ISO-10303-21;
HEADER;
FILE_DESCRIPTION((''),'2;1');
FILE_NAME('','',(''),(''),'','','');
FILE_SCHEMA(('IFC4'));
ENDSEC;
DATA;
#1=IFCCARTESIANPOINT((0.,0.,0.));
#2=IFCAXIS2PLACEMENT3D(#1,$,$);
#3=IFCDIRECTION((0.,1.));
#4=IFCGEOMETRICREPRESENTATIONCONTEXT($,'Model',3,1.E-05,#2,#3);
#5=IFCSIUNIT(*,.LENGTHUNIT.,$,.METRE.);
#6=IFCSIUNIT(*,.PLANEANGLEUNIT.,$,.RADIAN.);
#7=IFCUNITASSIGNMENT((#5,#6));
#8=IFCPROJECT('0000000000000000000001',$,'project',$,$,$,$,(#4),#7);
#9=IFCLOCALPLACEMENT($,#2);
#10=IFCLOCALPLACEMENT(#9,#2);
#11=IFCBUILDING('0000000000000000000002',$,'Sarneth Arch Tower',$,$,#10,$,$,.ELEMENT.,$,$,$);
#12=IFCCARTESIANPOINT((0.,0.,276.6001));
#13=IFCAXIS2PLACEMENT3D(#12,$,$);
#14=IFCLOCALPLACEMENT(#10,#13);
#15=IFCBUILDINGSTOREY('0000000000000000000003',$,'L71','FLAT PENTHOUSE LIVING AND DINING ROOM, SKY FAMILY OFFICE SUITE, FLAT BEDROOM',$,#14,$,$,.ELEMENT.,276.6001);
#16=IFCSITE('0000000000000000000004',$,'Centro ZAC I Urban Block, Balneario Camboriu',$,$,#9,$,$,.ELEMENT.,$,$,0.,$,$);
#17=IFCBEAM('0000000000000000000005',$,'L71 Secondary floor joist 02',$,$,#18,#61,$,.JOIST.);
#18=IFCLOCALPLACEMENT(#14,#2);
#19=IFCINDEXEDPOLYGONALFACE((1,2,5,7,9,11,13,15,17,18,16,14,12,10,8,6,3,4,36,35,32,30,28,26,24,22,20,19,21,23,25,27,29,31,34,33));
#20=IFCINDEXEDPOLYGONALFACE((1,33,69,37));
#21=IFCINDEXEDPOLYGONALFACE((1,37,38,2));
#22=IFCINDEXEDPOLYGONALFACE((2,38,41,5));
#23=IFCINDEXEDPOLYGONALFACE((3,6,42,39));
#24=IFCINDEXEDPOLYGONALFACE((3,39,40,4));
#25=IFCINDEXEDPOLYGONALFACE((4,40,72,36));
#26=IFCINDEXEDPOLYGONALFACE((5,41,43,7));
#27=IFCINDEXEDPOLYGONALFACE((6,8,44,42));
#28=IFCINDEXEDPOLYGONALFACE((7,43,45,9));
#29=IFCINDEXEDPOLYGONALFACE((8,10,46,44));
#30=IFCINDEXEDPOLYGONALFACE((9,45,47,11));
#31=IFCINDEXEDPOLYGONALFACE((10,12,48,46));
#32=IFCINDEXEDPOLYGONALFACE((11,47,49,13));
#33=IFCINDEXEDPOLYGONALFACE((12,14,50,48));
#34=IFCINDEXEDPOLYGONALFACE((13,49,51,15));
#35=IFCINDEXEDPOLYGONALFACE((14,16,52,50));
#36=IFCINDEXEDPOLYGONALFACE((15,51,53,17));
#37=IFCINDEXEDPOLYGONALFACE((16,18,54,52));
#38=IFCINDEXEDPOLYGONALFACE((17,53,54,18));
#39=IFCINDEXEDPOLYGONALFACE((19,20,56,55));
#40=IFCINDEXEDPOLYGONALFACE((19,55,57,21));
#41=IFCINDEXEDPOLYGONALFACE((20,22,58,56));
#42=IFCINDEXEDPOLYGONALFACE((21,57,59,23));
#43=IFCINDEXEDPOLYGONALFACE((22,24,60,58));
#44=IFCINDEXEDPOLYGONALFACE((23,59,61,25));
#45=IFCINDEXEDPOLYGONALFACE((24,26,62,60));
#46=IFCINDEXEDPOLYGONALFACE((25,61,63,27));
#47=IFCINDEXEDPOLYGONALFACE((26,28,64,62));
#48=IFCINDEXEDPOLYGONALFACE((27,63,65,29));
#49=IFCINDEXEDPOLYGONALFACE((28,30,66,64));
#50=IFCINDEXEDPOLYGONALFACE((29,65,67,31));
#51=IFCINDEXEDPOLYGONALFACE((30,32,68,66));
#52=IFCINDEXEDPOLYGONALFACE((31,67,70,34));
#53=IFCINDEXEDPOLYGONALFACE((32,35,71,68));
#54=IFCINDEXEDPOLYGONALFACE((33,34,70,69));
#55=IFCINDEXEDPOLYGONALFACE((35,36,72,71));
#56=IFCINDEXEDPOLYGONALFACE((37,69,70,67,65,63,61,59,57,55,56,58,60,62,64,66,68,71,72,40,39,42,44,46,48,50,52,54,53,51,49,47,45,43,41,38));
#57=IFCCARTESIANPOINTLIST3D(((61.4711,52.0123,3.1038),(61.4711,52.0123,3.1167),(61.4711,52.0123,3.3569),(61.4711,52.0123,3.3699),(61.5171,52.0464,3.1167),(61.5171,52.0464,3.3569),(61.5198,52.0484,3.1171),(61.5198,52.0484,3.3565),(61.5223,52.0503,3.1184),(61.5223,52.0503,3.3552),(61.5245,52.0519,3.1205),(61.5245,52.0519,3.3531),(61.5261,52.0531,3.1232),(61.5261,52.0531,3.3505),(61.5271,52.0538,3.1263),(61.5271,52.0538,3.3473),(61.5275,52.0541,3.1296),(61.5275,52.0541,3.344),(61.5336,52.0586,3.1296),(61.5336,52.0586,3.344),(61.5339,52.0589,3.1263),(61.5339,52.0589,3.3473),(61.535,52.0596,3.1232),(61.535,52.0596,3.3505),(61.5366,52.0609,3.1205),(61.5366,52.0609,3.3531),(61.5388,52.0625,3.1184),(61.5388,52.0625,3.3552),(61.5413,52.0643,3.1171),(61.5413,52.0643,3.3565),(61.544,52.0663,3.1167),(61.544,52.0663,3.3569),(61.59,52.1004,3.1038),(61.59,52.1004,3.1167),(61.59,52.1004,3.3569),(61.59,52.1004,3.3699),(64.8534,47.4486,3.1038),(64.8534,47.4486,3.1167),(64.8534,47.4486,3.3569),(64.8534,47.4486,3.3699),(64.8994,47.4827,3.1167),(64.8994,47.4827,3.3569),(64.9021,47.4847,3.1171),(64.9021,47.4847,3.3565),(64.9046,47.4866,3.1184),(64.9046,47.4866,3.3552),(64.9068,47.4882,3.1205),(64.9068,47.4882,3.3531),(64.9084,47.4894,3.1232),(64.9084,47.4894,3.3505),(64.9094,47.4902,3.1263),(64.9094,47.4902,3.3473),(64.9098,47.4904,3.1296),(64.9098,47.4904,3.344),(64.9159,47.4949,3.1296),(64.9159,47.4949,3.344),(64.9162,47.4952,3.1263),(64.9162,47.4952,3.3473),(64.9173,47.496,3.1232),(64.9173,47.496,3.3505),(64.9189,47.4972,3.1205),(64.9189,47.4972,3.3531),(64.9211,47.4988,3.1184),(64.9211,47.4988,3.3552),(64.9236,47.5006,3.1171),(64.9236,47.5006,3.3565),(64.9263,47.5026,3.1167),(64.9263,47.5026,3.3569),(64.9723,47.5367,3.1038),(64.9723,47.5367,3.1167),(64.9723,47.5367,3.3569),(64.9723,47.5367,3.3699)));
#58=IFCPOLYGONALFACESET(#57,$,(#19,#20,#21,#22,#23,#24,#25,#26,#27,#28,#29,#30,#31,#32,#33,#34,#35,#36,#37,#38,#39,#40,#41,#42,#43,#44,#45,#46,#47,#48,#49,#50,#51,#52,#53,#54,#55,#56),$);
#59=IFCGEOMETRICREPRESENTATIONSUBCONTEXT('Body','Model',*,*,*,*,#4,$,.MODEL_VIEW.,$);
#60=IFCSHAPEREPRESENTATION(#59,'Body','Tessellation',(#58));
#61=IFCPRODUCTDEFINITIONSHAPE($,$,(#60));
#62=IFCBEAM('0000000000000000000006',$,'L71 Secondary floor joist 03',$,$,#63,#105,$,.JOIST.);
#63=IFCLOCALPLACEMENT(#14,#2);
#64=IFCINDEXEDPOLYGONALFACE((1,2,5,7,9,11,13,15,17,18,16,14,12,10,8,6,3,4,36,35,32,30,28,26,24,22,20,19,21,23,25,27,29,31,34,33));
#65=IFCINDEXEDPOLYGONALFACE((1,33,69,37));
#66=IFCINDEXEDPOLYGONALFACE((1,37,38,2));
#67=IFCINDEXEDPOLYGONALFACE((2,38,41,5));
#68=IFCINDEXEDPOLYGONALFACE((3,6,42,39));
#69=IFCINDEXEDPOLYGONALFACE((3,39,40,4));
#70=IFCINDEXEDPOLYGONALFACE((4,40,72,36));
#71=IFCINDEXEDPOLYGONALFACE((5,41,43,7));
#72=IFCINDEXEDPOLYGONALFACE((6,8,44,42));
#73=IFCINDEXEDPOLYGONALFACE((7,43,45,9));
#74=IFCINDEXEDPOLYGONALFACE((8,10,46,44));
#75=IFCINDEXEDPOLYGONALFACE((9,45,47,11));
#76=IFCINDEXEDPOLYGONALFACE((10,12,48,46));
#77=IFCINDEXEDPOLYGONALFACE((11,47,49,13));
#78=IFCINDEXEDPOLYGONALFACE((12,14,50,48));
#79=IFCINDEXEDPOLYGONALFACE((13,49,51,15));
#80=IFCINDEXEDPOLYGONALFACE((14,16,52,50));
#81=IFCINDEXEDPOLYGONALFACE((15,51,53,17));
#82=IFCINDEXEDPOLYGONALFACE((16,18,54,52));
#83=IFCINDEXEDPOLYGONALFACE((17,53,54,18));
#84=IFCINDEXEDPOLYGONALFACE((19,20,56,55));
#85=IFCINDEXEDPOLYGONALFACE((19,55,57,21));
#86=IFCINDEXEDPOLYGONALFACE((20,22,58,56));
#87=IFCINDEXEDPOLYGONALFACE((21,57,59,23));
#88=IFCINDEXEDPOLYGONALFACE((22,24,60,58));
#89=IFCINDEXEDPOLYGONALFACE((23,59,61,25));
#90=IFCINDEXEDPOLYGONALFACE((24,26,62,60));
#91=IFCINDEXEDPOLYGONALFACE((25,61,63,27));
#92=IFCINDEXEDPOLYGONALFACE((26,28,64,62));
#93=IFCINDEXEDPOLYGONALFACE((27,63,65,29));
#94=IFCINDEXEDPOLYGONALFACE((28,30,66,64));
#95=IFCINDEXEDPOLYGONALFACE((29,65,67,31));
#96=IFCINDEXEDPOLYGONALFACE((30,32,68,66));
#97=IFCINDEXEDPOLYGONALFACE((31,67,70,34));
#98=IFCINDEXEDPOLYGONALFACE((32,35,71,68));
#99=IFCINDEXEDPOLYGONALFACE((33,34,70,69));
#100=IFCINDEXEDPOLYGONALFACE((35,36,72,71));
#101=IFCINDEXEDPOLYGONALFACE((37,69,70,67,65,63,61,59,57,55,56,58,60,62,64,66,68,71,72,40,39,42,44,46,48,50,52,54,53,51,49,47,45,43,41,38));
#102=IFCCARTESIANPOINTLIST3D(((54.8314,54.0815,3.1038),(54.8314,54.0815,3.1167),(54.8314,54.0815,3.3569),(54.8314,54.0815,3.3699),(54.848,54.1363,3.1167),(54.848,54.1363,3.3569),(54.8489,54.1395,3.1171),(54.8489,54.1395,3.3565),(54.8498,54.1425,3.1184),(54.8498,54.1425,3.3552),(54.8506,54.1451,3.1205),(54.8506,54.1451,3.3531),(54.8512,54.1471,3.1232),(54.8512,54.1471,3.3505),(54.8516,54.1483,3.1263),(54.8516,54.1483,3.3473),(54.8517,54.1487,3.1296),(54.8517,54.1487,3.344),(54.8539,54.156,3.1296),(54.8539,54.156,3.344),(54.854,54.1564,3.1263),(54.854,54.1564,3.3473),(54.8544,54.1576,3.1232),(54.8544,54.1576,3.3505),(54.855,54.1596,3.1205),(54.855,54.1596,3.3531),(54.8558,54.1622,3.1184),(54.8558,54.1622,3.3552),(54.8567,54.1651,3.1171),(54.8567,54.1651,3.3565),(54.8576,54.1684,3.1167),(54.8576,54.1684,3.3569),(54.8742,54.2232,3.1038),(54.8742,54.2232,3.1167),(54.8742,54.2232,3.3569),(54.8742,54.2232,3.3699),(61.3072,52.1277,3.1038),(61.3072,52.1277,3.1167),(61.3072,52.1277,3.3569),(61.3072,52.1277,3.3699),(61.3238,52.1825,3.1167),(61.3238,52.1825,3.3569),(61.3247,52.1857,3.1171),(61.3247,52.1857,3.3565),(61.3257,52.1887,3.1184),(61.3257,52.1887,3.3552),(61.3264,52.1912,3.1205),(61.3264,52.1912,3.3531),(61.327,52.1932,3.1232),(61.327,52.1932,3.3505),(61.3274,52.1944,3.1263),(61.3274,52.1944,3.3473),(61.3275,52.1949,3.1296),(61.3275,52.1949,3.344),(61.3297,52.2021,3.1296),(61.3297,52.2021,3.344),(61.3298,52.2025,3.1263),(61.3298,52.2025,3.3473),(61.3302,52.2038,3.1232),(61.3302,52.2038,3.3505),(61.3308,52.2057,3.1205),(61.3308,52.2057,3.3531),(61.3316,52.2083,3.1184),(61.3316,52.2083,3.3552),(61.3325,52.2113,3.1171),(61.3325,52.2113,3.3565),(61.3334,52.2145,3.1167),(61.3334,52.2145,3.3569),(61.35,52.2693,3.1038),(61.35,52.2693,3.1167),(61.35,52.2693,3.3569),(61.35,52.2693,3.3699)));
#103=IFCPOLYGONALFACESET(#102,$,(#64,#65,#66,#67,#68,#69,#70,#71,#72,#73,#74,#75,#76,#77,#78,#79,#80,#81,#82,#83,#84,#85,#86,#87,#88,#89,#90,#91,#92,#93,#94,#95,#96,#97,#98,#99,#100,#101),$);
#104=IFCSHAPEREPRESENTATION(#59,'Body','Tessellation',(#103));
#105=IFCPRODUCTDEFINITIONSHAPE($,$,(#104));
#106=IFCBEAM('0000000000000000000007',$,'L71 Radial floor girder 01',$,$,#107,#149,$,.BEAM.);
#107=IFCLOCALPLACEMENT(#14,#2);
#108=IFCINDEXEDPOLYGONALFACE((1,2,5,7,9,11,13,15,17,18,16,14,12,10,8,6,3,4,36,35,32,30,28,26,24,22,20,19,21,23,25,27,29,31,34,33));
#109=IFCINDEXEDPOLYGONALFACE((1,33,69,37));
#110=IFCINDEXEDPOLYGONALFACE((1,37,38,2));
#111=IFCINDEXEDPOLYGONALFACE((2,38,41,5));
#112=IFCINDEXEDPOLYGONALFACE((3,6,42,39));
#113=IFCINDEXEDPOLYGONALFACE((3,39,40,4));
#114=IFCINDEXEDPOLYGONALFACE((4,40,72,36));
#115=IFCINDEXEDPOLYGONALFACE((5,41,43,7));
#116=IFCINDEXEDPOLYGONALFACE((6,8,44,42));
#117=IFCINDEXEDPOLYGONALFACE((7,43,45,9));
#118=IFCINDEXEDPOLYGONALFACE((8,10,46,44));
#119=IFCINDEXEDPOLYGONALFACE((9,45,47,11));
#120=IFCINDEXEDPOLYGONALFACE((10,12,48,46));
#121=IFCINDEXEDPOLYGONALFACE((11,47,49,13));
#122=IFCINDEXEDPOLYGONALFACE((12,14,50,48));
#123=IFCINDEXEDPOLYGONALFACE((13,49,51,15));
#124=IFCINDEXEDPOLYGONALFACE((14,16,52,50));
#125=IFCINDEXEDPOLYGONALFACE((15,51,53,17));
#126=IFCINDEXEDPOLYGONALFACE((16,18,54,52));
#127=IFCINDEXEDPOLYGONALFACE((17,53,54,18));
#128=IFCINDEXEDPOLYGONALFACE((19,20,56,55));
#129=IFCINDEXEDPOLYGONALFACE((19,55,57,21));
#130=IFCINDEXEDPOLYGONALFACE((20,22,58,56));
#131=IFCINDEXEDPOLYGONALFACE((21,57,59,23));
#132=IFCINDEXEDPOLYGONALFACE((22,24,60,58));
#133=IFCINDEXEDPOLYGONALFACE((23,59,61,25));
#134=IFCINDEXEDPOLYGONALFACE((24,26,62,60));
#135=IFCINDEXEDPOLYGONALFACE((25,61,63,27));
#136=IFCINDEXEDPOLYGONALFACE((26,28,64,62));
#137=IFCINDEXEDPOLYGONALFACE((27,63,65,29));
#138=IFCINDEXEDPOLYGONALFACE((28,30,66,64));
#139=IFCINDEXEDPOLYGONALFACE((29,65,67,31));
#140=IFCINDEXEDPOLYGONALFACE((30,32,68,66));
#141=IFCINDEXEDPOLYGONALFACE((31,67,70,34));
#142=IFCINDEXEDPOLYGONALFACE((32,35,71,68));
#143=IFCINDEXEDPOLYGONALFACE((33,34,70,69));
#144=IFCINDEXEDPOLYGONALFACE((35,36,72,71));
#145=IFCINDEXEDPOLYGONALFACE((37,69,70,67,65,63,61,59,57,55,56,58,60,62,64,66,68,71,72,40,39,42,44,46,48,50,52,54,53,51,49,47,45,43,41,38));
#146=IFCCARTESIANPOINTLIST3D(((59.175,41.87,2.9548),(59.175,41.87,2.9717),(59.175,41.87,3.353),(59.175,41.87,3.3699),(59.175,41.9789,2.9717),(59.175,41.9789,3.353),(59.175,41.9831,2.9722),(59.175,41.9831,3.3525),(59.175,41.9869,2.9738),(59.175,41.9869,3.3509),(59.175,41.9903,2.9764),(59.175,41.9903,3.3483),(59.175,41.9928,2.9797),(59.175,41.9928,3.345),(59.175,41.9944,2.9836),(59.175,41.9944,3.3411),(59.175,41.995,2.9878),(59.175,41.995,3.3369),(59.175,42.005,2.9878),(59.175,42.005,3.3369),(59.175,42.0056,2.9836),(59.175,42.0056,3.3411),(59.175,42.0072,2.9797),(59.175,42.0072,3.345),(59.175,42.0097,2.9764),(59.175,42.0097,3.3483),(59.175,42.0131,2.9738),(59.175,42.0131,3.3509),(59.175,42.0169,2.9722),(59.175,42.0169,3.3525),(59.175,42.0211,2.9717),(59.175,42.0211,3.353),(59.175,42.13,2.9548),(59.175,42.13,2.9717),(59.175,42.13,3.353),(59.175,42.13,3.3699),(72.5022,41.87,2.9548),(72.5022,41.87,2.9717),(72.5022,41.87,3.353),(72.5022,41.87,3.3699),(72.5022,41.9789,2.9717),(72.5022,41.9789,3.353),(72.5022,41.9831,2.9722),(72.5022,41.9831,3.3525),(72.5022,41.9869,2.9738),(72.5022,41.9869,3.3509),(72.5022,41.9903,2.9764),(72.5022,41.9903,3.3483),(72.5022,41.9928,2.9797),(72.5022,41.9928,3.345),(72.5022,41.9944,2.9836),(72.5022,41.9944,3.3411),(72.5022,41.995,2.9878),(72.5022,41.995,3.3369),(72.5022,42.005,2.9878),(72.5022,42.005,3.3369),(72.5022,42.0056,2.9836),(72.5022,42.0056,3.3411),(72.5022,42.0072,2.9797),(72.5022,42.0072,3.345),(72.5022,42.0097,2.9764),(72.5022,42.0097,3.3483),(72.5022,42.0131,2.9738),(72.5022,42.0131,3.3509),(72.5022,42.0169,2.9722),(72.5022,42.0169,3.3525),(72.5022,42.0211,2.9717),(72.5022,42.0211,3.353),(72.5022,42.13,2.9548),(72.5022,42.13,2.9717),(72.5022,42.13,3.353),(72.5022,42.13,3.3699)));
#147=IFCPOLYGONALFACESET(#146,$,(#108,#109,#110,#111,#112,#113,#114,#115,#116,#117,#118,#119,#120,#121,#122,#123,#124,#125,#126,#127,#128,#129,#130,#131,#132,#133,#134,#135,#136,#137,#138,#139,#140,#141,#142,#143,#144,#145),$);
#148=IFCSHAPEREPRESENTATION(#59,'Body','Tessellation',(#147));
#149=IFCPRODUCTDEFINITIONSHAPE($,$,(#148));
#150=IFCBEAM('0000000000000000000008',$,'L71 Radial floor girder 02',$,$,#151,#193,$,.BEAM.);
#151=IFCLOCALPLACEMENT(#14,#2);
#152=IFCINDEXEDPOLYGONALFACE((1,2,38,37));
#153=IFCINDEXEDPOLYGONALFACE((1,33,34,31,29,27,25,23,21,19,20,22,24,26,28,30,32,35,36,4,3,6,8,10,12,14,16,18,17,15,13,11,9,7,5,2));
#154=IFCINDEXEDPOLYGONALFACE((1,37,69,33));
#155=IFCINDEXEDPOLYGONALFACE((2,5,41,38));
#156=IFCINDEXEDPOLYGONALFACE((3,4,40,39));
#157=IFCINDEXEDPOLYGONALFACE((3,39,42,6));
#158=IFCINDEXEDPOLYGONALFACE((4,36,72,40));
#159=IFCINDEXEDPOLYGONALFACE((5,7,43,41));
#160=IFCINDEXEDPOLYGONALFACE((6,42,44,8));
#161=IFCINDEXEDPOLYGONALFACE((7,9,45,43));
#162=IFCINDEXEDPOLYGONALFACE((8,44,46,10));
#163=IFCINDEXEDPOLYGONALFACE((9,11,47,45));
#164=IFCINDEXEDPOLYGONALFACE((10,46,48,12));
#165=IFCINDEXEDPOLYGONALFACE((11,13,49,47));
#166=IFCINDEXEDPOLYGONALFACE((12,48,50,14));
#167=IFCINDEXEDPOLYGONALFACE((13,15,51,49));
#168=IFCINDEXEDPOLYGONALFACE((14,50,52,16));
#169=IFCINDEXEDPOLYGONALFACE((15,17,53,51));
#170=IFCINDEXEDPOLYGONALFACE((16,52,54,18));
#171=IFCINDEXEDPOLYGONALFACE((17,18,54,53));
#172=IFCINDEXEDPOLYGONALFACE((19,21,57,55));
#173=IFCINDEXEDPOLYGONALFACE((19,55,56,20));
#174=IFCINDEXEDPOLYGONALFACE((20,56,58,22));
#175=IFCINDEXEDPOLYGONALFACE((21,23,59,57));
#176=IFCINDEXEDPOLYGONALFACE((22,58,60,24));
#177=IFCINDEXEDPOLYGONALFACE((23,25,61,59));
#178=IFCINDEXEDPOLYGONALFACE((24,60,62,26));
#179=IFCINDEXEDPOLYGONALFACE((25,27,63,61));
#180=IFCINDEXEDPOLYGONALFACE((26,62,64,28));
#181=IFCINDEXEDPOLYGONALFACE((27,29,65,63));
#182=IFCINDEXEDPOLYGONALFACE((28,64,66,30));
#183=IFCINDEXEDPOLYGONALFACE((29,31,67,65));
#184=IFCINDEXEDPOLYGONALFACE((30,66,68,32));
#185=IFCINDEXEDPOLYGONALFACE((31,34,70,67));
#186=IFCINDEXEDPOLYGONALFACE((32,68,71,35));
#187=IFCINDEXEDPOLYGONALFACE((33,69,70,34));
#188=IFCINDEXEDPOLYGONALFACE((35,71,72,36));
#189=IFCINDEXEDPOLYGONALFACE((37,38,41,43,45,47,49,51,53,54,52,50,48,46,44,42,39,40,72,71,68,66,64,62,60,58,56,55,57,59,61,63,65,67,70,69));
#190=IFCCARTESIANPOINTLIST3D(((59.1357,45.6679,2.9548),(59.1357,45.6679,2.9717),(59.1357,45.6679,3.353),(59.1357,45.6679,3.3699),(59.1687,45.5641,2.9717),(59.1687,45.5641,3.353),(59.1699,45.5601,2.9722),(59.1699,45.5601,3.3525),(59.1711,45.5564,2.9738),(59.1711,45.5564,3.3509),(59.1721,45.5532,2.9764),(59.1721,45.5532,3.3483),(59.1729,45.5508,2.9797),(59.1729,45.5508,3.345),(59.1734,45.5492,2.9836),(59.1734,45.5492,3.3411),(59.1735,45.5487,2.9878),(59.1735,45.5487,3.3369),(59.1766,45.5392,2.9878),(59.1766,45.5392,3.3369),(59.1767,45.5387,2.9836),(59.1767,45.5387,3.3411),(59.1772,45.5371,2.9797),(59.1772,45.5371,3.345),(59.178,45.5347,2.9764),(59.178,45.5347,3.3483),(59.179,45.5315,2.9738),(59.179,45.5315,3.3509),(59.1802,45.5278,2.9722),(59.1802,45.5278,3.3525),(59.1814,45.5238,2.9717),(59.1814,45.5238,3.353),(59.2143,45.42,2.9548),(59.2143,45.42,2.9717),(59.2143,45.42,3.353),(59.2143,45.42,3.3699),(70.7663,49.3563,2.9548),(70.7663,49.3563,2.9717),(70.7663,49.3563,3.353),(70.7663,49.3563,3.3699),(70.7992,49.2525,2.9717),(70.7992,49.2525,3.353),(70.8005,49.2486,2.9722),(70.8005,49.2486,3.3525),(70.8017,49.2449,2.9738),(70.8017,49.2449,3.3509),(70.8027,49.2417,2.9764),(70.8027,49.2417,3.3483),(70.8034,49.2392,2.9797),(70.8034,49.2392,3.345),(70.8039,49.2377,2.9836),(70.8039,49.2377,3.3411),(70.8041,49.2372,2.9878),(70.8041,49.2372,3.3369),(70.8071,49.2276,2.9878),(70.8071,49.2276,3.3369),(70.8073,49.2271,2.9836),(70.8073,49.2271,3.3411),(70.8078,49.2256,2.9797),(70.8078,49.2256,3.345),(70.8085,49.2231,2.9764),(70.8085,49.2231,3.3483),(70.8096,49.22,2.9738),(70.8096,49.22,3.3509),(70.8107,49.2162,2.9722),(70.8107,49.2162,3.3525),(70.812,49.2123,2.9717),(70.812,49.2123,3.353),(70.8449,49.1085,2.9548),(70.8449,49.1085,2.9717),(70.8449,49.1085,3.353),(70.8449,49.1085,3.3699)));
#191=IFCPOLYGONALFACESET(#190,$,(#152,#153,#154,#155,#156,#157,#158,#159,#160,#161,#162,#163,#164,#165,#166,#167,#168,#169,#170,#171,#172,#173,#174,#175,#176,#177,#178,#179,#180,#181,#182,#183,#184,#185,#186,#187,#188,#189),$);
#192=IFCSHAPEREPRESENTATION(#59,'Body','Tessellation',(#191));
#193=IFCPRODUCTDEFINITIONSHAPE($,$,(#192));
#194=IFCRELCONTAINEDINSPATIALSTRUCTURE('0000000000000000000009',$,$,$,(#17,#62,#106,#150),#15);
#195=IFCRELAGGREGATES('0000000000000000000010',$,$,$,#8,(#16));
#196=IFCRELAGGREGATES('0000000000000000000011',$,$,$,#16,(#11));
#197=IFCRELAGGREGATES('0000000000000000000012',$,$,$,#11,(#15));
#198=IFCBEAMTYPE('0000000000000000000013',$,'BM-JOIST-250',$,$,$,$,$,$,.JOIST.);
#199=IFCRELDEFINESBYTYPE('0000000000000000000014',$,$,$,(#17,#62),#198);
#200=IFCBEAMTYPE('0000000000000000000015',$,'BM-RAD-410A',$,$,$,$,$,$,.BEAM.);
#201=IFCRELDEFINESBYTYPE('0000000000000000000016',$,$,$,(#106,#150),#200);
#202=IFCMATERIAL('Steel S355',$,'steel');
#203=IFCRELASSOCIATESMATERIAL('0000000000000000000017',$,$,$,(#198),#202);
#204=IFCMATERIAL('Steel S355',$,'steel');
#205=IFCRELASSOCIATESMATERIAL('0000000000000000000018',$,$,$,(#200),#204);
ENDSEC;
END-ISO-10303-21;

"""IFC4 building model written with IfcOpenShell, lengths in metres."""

from ifc_helpers import new_model, si_unit, direction, frame, origin, origin_2d, place, context, subcontext, project, spatial, i_section, extrude, material, material_profile, profile_set, type_object, element, save


model = new_model("IFC4")

# Units and contexts
model_context = context("Model", 3, precision=1e-05, world=origin(), true_north=direction((0.0, 1.0)))
body_context = subcontext(model_context, "Body", "Model", "MODEL_VIEW")
ifc_project = project(units=[si_unit("LENGTHUNIT", "METRE"), si_unit("PLANEANGLEUNIT", "RADIAN")], contexts=[model_context])

# Site, building, storey
site_placement = place(None, origin())
site = spatial("IfcSite", under=ifc_project, at=site_placement, Name="Centro ZAC I Urban Block, Balneario Camboriu", CompositionType="ELEMENT", RefElevation=0.0)
building_placement = place(site_placement, origin())
building = spatial("IfcBuilding", under=site, at=building_placement, Name="Sarneth Arch Tower", CompositionType="ELEMENT")
storey_placement = place(building_placement, frame((0.0, 0.0, 276.6001)))
storey = spatial("IfcBuildingStorey", under=building, at=storey_placement, Name="L71", Description="FLAT PENTHOUSE LIVING AND DINING ROOM, SKY FAMILY OFFICE SUITE, FLAT BEDROOM", CompositionType="ELEMENT", Elevation=276.6001)

# Beams
ifc_material_1 = material(Name="Steel S355", Category="steel")
ifc_material_profile_1 = material_profile(ifc_material_1, i_section(OverallWidth=0.1479, OverallDepth=0.2661, WebThickness=0.0076, FlangeThickness=0.0129, FilletRadius=0.0129, at=origin_2d()), Name="W250x44.8")
ifc_profile_set_1 = profile_set([ifc_material_profile_1], Name="Steel S355")
beam_type_1 = type_object("IfcBeamType", Name="BM-JOIST-250", PredefinedType="JOIST", material=ifc_profile_set_1)
beam_1_placement = place(storey_placement, frame((64.9128, 47.4927, 3.2368), z_axis=(-0.595431, 0.803406, 0.0), x_axis=(-0.803406, -0.595431, 0.0)))
element("IfcBeam", 1, at=beam_1_placement, inside=storey, type_object=beam_type_1, Name="L71 Secondary floor joist 02", PredefinedType="JOIST", context=body_context, shape_type="SweptSolid", body=[
    extrude(i_section(OverallWidth=0.1479, OverallDepth=0.2661, WebThickness=0.0076, FlangeThickness=0.0129, FilletRadius=0.0129, at=origin_2d()), origin(), (0.0, 0.0, 1.0), 5.6804),
])
beam_2_placement = place(storey_placement, frame((61.3286, 52.1985, 3.2368), z_axis=(-0.957373, 0.288854, 0.0), x_axis=(-0.288854, -0.957373, 0.0)))
element("IfcBeam", 2, at=beam_2_placement, inside=storey, type_object=beam_type_1, Name="L71 Secondary floor joist 03", PredefinedType="JOIST", context=body_context, shape_type="SweptSolid", body=[
    extrude(i_section(OverallWidth=0.1479, OverallDepth=0.2661, WebThickness=0.0076, FlangeThickness=0.0129, FilletRadius=0.0129, at=origin_2d()), origin(), (0.0, 0.0, 1.0), 6.7642),
])
ifc_material_2 = material(Name="Steel S355", Category="steel")
ifc_material_profile_2 = material_profile(ifc_material_2, i_section(OverallWidth=0.26, OverallDepth=0.415, WebThickness=0.01, FlangeThickness=0.0168, FilletRadius=0.0161, at=origin_2d()), Name="W410x100")
ifc_profile_set_2 = profile_set([ifc_material_profile_2], Name="Steel S355")
beam_type_2 = type_object("IfcBeamType", Name="BM-RAD-410A", PredefinedType="BEAM", material=ifc_profile_set_2)
beam_3_placement = place(storey_placement, frame((59.175, 42.0, 3.1624), z_axis=(1.0, 0.0, 0.0), x_axis=(0.0, 1.0, 0.0)))
element("IfcBeam", 3, at=beam_3_placement, inside=storey, type_object=beam_type_2, Name="L71 Radial floor girder 01", PredefinedType="BEAM", context=body_context, shape_type="SweptSolid", body=[
    extrude(i_section(OverallWidth=0.26, OverallDepth=0.415, WebThickness=0.01, FlangeThickness=0.0168, FilletRadius=0.0161, at=origin_2d()), origin(), (0.0, 0.0, 1.0), 13.3271),
])
beam_4_placement = place(storey_placement, frame((59.175, 45.5439, 3.1624), z_axis=(0.953214, 0.302298, 0.0), x_axis=(-0.302298, 0.953214, 0.0)))
element("IfcBeam", 4, at=beam_4_placement, inside=storey, type_object=beam_type_2, Name="L71 Radial floor girder 02", PredefinedType="BEAM", context=body_context, shape_type="SweptSolid", body=[
    extrude(i_section(OverallWidth=0.26, OverallDepth=0.415, WebThickness=0.01, FlangeThickness=0.0168, FilletRadius=0.0161, at=origin_2d()), origin(), (0.0, 0.0, 1.0), 12.2014),
])

save(model, "model.ifc")
